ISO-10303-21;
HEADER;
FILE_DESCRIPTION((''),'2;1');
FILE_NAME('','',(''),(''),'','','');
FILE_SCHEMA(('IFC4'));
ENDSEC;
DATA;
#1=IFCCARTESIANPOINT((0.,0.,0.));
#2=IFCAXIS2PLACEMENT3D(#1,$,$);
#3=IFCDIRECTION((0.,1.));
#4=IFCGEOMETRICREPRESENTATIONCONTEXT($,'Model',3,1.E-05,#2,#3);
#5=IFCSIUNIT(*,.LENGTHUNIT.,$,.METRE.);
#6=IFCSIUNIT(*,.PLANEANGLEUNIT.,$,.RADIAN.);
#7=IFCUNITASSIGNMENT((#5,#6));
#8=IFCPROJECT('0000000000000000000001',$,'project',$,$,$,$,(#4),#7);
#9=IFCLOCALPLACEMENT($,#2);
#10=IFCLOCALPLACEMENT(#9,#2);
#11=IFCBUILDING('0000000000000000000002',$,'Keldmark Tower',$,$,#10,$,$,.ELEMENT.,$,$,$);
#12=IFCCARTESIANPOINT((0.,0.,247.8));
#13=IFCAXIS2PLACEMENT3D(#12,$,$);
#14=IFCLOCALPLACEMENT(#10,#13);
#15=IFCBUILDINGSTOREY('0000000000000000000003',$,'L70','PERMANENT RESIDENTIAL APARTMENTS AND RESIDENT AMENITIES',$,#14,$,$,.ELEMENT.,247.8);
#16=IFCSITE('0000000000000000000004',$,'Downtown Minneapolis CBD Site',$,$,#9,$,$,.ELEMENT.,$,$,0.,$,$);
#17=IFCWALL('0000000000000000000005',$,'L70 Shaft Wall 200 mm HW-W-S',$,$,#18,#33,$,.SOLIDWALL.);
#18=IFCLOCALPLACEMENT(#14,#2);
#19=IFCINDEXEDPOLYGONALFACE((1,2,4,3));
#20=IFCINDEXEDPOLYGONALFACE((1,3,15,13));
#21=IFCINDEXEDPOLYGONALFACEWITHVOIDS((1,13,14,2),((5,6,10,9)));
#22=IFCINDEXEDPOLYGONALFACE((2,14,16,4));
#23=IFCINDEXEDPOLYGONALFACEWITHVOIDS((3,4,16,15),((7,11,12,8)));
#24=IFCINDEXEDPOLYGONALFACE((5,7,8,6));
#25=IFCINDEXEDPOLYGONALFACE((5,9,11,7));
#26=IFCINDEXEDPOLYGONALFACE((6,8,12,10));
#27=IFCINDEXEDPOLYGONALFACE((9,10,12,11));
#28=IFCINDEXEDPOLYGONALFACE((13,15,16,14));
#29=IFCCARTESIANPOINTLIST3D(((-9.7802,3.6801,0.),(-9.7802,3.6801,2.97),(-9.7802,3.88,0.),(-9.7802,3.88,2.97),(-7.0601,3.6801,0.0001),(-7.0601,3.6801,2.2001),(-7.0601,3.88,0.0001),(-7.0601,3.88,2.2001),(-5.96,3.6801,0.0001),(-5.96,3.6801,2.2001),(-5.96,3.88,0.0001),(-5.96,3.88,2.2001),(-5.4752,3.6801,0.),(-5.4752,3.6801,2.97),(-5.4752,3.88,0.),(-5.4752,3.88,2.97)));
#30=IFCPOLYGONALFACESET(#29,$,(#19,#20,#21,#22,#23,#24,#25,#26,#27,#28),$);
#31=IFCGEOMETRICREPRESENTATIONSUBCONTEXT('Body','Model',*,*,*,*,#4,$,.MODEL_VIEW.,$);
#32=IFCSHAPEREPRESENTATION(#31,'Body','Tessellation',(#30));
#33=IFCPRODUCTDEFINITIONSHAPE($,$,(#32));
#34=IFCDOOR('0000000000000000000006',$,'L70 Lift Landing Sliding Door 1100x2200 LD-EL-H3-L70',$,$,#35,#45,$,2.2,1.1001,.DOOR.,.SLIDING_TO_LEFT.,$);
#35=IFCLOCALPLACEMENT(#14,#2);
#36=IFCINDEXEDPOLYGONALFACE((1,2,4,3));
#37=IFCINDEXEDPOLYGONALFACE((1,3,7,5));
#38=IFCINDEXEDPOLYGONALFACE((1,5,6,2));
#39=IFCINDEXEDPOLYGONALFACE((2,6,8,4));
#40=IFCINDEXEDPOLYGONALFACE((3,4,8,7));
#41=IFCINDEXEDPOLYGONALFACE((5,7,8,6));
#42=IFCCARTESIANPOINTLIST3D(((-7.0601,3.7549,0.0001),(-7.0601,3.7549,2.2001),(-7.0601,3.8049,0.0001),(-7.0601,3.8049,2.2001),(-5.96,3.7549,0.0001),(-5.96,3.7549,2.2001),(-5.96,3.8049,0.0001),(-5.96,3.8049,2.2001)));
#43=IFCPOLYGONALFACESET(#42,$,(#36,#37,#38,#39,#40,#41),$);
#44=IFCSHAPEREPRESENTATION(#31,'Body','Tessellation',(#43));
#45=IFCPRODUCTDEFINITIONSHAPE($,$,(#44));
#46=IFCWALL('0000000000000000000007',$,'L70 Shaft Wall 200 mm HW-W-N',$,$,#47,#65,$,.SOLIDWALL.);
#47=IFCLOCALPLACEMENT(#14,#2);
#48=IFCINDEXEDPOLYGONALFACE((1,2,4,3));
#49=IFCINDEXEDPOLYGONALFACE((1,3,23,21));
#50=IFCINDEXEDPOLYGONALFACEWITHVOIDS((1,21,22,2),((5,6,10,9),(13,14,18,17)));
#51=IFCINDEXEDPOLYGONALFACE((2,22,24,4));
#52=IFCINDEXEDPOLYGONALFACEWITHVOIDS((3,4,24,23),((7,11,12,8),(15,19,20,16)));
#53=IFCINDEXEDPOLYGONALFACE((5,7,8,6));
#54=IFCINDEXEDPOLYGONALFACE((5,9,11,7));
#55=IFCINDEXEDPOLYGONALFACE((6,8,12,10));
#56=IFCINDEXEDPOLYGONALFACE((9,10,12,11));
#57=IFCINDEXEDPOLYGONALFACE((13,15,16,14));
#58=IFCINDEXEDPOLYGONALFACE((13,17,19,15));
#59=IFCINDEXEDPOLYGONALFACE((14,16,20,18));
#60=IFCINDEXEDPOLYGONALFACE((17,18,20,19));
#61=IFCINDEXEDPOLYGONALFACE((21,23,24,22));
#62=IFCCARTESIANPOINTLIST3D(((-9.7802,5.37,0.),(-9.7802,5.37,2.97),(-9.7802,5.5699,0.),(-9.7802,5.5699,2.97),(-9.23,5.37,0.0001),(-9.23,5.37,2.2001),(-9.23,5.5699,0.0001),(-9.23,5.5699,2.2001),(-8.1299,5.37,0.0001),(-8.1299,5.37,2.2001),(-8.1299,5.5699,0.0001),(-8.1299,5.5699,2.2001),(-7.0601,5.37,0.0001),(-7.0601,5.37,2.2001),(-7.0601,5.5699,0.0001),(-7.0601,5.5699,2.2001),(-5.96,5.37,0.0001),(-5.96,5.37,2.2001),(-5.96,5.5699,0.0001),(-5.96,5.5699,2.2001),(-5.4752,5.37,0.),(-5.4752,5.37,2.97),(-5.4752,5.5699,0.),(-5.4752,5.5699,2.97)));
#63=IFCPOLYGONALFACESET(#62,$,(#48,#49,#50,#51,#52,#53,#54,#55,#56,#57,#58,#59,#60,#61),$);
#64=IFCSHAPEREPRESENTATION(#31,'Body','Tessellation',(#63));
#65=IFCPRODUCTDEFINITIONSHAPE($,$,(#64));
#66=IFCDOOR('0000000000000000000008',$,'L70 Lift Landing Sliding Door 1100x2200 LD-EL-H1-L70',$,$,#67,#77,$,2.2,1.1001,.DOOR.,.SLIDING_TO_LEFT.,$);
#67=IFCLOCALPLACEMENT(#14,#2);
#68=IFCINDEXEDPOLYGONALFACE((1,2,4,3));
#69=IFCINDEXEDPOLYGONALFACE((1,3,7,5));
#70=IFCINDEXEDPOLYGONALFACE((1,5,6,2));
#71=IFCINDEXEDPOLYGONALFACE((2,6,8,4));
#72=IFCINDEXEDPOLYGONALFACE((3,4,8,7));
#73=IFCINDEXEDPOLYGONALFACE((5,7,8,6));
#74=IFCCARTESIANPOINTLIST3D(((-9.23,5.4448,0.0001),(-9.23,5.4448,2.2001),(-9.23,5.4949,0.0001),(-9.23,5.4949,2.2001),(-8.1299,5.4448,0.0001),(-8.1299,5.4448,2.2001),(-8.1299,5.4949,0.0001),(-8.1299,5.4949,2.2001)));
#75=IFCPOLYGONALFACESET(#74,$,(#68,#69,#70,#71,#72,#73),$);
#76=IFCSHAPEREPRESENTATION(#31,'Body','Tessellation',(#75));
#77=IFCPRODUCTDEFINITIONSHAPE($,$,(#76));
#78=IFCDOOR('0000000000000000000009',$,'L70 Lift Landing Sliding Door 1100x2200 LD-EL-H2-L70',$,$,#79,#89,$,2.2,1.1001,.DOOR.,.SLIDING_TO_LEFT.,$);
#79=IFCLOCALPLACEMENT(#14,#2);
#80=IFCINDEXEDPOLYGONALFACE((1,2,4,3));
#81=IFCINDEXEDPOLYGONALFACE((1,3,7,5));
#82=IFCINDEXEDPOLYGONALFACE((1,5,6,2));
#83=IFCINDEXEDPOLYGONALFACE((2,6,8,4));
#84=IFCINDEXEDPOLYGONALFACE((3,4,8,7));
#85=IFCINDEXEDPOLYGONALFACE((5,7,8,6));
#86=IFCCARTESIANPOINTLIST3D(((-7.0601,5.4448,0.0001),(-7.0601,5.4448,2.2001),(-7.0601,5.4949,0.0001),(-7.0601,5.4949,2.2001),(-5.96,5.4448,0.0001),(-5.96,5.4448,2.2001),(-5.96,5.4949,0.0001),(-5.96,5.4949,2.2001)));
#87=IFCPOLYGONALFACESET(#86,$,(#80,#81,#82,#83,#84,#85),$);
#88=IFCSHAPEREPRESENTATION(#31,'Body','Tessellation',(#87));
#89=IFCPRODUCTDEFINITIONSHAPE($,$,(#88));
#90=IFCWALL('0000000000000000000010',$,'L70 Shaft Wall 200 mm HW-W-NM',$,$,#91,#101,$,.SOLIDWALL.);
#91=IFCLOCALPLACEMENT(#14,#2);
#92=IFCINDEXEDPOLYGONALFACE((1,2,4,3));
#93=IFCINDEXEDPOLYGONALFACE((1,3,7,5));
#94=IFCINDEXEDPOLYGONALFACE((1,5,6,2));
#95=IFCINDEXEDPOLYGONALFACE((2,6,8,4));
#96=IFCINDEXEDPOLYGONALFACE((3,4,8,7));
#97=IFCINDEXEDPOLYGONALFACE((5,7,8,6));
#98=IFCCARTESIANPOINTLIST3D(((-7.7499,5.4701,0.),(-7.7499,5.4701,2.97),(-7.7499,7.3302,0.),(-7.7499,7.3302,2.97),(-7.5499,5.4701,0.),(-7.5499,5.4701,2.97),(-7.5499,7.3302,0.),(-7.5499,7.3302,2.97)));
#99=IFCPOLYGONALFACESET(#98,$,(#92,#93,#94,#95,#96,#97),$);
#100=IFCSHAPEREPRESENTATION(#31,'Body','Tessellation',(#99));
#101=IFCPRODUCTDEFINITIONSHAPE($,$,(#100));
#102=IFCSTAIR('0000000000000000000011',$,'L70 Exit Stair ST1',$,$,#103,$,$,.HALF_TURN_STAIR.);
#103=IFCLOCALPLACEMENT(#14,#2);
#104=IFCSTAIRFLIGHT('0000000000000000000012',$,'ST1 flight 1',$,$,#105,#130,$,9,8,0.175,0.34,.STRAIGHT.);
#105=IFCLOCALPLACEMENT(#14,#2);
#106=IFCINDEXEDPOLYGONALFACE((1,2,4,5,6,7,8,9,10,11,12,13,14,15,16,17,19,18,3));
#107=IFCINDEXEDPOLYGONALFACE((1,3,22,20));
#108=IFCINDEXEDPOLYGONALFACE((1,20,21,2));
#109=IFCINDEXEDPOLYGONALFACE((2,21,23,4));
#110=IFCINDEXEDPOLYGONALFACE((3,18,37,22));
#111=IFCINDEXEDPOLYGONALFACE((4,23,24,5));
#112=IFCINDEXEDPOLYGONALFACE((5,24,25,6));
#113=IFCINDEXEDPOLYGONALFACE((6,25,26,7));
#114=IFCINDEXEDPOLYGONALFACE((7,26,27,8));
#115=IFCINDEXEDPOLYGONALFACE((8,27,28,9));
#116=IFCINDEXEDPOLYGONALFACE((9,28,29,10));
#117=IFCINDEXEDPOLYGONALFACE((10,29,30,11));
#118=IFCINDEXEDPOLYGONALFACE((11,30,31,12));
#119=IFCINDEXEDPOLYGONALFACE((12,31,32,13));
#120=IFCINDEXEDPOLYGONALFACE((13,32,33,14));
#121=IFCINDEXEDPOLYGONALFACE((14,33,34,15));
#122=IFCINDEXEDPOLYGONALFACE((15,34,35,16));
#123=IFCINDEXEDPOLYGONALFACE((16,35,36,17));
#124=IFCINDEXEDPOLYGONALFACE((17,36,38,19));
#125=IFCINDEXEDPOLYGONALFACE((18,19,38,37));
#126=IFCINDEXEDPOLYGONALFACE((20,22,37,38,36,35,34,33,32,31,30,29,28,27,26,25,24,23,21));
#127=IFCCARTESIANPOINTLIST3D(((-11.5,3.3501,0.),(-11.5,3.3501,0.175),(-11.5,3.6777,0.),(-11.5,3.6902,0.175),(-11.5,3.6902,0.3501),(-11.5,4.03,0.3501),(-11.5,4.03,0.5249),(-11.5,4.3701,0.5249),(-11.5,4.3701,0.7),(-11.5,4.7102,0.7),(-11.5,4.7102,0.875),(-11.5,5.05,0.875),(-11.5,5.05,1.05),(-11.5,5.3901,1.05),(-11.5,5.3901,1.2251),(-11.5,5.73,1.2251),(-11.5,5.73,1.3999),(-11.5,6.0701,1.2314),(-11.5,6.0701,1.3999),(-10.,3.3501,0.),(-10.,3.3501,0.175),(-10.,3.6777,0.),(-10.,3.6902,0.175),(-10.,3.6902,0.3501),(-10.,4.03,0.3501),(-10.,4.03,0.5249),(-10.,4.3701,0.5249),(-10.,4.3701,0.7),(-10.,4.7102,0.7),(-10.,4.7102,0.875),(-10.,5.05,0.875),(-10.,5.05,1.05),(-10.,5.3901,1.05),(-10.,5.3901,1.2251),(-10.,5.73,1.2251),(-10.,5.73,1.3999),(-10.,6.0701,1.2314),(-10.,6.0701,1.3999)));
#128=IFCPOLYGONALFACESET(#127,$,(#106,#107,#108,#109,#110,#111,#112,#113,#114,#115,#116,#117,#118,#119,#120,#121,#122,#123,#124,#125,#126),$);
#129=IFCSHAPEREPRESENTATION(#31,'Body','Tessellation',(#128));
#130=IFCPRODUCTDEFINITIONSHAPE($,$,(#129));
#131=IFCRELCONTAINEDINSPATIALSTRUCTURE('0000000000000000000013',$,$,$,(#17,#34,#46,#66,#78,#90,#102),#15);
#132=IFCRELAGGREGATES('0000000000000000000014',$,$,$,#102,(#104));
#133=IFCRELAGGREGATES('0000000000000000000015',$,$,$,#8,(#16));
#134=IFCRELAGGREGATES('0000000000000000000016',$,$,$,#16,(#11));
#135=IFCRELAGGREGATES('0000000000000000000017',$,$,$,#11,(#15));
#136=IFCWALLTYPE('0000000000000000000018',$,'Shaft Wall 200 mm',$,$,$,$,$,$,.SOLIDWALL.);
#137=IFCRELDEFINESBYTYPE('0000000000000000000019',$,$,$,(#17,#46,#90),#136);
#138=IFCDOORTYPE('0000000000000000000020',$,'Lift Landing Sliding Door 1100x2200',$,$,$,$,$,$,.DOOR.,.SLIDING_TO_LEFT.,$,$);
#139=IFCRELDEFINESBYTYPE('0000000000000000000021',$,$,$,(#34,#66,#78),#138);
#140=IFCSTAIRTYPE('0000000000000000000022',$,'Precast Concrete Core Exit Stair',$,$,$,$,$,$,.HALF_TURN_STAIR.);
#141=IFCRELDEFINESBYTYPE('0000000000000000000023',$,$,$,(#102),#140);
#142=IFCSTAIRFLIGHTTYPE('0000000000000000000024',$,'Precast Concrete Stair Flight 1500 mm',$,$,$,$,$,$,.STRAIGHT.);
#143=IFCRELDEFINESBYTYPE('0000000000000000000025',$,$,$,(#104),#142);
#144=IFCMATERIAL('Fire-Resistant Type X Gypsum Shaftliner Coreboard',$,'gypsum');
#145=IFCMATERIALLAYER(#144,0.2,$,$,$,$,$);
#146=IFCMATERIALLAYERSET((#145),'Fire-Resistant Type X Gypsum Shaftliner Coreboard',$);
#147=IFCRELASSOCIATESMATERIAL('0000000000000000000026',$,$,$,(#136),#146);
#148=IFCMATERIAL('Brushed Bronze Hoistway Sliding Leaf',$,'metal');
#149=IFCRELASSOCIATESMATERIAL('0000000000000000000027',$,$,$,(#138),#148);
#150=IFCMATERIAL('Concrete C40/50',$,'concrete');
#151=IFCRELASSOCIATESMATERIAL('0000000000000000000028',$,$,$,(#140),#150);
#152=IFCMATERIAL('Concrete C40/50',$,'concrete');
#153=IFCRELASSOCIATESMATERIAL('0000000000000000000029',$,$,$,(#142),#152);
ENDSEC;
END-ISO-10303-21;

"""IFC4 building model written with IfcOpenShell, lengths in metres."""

from ifc_helpers import new_model, si_unit, direction, frame, frame_2d, origin, place, context, subcontext, project, spatial, polyline, rectangle, outline, extrude, material, layer, layer_set, type_object, element, fill, aggregate, save


model = new_model("IFC4")

# Units and contexts
model_context = context("Model", 3, precision=1e-05, world=origin(), true_north=direction((0.0, 1.0)))
body_context = subcontext(model_context, "Body", "Model", "MODEL_VIEW")
ifc_project = project(units=[si_unit("LENGTHUNIT", "METRE"), si_unit("PLANEANGLEUNIT", "RADIAN")], contexts=[model_context])

# Site, building, storey
site_placement = place(None, origin())
site = spatial("IfcSite", under=ifc_project, at=site_placement, Name="Downtown Minneapolis CBD Site", CompositionType="ELEMENT", RefElevation=0.0)
building_placement = place(site_placement, origin())
building = spatial("IfcBuilding", under=site, at=building_placement, Name="Keldmark Tower", CompositionType="ELEMENT")
storey_placement = place(building_placement, frame((0.0, 0.0, 247.8)))
storey = spatial("IfcBuildingStorey", under=building, at=storey_placement, Name="L70", Description="PERMANENT RESIDENTIAL APARTMENTS AND RESIDENT AMENITIES", CompositionType="ELEMENT", Elevation=247.8)

# Wall, opening, door
ifc_material_1 = material(Name="Fire-Resistant Type X Gypsum Shaftliner Coreboard", Category="gypsum")
ifc_layer_1 = layer(ifc_material_1, 0.2)
ifc_layer_set_1 = layer_set([ifc_layer_1], Name="Fire-Resistant Type X Gypsum Shaftliner Coreboard")
wall_type_1 = type_object("IfcWallType", Name="Shaft Wall 200 mm", PredefinedType="SOLIDWALL", material=ifc_layer_set_1)
wall_1_placement = place(storey_placement, frame((-9.78, 3.78, 0.0), z_axis=(0.0, 0.0, 1.0), x_axis=(1.0, 0.0, 0.0)))
wall_1 = element("IfcWall", 1, at=wall_1_placement, inside=storey, type_object=wall_type_1, Name="L70 Shaft Wall 200 mm HW-W-S", PredefinedType="SOLIDWALL", context=body_context, shape_type="SweptSolid", body=[
    extrude(rectangle(XDim=4.3049, YDim=0.2, at=frame_2d((2.1523, 0.0))), origin(), (0.0, 0.0, 1.0), 2.97),
])
opening_1_placement = place(wall_1_placement, frame((2.72, 0.0, 0.0)))
opening_1 = element("IfcOpeningElement", 2, at=opening_1_placement, cuts=wall_1, PredefinedType="OPENING", context=body_context, shape_type="SweptSolid", body=[
    extrude(rectangle(XDim=1.1001, YDim=2.2, at=frame_2d((0.55, 1.1001))), frame((0.0, 0.1099, 0.0), z_axis=(0.0, -1.0, 0.0), x_axis=(1.0, 0.0, 0.0)), (0.0, 0.0, 1.0), 0.22),
])
ifc_material_2 = material(Name="Brushed Bronze Hoistway Sliding Leaf", Category="metal")
door_type_1 = type_object("IfcDoorType", Name="Lift Landing Sliding Door 1100x2200", OperationType="SLIDING_TO_LEFT", PredefinedType="DOOR", material=ifc_material_2)
door_1_placement = place(opening_1_placement, origin())
door_1 = element("IfcDoor", 3, at=door_1_placement, inside=storey, type_object=door_type_1, Name="L70 Lift Landing Sliding Door 1100x2200 LD-EL-H3-L70", OperationType="SLIDING_TO_LEFT", OverallHeight=2.2, OverallWidth=1.1001, PredefinedType="DOOR", context=body_context, shape_type="SweptSolid", body=[
    extrude(rectangle(XDim=1.1001, YDim=2.2, at=frame_2d((0.55, 1.1001))), frame((0.0, 0.0249, 0.0), z_axis=(0.0, -1.0, 0.0), x_axis=(1.0, 0.0, 0.0)), (0.0, 0.0, 1.0), 0.05),
])
fill(opening_1, door_1)

# Wall, openings, doors
wall_2_placement = place(storey_placement, frame((-9.78, 5.47, 0.0), z_axis=(0.0, 0.0, 1.0), x_axis=(1.0, 0.0, 0.0)))
wall_2 = element("IfcWall", 4, at=wall_2_placement, inside=storey, type_object=wall_type_1, Name="L70 Shaft Wall 200 mm HW-W-N", PredefinedType="SOLIDWALL", context=body_context, shape_type="SweptSolid", body=[
    extrude(rectangle(XDim=4.3049, YDim=0.2, at=frame_2d((2.1523, 0.0))), origin(), (0.0, 0.0, 1.0), 2.97),
])
opening_2_placement = place(wall_2_placement, frame((0.55, 0.0, 0.0)))
opening_2 = element("IfcOpeningElement", 5, at=opening_2_placement, cuts=wall_2, PredefinedType="OPENING", context=body_context, shape_type="SweptSolid", body=[
    extrude(rectangle(XDim=1.1001, YDim=2.2, at=frame_2d((0.55, 1.1001))), frame((0.0, 0.1099, 0.0), z_axis=(0.0, -1.0, 0.0), x_axis=(1.0, 0.0, 0.0)), (0.0, 0.0, 1.0), 0.22),
])
opening_3_placement = place(wall_2_placement, frame((2.72, 0.0, 0.0)))
opening_3 = element("IfcOpeningElement", 6, at=opening_3_placement, cuts=wall_2, PredefinedType="OPENING", context=body_context, shape_type="SweptSolid", body=[
    extrude(rectangle(XDim=1.1001, YDim=2.2, at=frame_2d((0.55, 1.1001))), frame((0.0, 0.1099, 0.0), z_axis=(0.0, -1.0, 0.0), x_axis=(1.0, 0.0, 0.0)), (0.0, 0.0, 1.0), 0.22),
])
door_2_placement = place(opening_2_placement, origin())
door_2 = element("IfcDoor", 7, at=door_2_placement, inside=storey, type_object=door_type_1, Name="L70 Lift Landing Sliding Door 1100x2200 LD-EL-H1-L70", OperationType="SLIDING_TO_LEFT", OverallHeight=2.2, OverallWidth=1.1001, PredefinedType="DOOR", context=body_context, shape_type="SweptSolid", body=[
    extrude(rectangle(XDim=1.1001, YDim=2.2, at=frame_2d((0.55, 1.1001))), frame((0.0, 0.0249, 0.0), z_axis=(0.0, -1.0, 0.0), x_axis=(1.0, 0.0, 0.0)), (0.0, 0.0, 1.0), 0.05),
])
fill(opening_2, door_2)
door_3_placement = place(opening_3_placement, origin())
door_3 = element("IfcDoor", 8, at=door_3_placement, inside=storey, type_object=door_type_1, Name="L70 Lift Landing Sliding Door 1100x2200 LD-EL-H2-L70", OperationType="SLIDING_TO_LEFT", OverallHeight=2.2, OverallWidth=1.1001, PredefinedType="DOOR", context=body_context, shape_type="SweptSolid", body=[
    extrude(rectangle(XDim=1.1001, YDim=2.2, at=frame_2d((0.55, 1.1001))), frame((0.0, 0.0249, 0.0), z_axis=(0.0, -1.0, 0.0), x_axis=(1.0, 0.0, 0.0)), (0.0, 0.0, 1.0), 0.05),
])
fill(opening_3, door_3)

# Wall
wall_3_placement = place(storey_placement, frame((-7.6499, 5.47, 0.0), z_axis=(0.0, 0.0, 1.0), x_axis=(0.0, 1.0, 0.0)))
element("IfcWall", 9, at=wall_3_placement, inside=storey, type_object=wall_type_1, Name="L70 Shaft Wall 200 mm HW-W-NM", PredefinedType="SOLIDWALL", context=body_context, shape_type="SweptSolid", body=[
    extrude(rectangle(XDim=1.8601, YDim=0.2, at=frame_2d((0.9302, 0.0))), origin(), (0.0, 0.0, 1.0), 2.97),
])

# Stair, stair flight
ifc_material_3 = material(Name="Concrete C40/50", Category="concrete")
stair_type = type_object("IfcStairType", Name="Precast Concrete Core Exit Stair", PredefinedType="HALF_TURN_STAIR", material=ifc_material_3)
stair_placement = place(storey_placement, origin())
stair = element("IfcStair", 10, at=stair_placement, inside=storey, type_object=stair_type, Name="L70 Exit Stair ST1", PredefinedType="HALF_TURN_STAIR")
ifc_material_4 = material(Name="Concrete C40/50", Category="concrete")
stair_flight_type = type_object("IfcStairFlightType", Name="Precast Concrete Stair Flight 1500 mm", PredefinedType="STRAIGHT", material=ifc_material_4)
stair_flight_placement = place(storey_placement, frame((-10.75, 3.3501, 0.0), z_axis=(0.0, 0.0, 1.0), x_axis=(0.0, 1.0, 0.0)))
stair_flight = element("IfcStairFlight", 11, at=stair_flight_placement, type_object=stair_flight_type, Name="ST1 flight 1", NumberOfRisers=9, NumberOfTreads=8, PredefinedType="STRAIGHT", RiserHeight=0.175, TreadLength=0.34, context=body_context, shape_type="SweptSolid", body=[
    extrude(outline(polyline([(0.0, 0.0), (0.0, 0.175), (0.3401, 0.175), (0.3401, 0.3501), (0.6799, 0.3501), (0.6799, 0.5249), (1.02, 0.5249), (1.02, 0.7), (1.3601, 0.7), (1.3601, 0.875), (1.7, 0.875), (1.7, 1.05), (2.04, 1.05), (2.04, 1.2251), (2.3799, 1.2251), (2.3799, 1.3999), (2.72, 1.3999), (2.72, 1.575), (2.72, 1.2314), (0.3276, 0.0), (0.0, 0.0)])), frame((0.0, 0.75, 0.0), z_axis=(0.0, -1.0, 0.0), x_axis=(1.0, 0.0, 0.0)), (0.0, 0.0, 1.0), 1.5),
])
aggregate(stair, [stair_flight])

save(model, "model.ifc")
